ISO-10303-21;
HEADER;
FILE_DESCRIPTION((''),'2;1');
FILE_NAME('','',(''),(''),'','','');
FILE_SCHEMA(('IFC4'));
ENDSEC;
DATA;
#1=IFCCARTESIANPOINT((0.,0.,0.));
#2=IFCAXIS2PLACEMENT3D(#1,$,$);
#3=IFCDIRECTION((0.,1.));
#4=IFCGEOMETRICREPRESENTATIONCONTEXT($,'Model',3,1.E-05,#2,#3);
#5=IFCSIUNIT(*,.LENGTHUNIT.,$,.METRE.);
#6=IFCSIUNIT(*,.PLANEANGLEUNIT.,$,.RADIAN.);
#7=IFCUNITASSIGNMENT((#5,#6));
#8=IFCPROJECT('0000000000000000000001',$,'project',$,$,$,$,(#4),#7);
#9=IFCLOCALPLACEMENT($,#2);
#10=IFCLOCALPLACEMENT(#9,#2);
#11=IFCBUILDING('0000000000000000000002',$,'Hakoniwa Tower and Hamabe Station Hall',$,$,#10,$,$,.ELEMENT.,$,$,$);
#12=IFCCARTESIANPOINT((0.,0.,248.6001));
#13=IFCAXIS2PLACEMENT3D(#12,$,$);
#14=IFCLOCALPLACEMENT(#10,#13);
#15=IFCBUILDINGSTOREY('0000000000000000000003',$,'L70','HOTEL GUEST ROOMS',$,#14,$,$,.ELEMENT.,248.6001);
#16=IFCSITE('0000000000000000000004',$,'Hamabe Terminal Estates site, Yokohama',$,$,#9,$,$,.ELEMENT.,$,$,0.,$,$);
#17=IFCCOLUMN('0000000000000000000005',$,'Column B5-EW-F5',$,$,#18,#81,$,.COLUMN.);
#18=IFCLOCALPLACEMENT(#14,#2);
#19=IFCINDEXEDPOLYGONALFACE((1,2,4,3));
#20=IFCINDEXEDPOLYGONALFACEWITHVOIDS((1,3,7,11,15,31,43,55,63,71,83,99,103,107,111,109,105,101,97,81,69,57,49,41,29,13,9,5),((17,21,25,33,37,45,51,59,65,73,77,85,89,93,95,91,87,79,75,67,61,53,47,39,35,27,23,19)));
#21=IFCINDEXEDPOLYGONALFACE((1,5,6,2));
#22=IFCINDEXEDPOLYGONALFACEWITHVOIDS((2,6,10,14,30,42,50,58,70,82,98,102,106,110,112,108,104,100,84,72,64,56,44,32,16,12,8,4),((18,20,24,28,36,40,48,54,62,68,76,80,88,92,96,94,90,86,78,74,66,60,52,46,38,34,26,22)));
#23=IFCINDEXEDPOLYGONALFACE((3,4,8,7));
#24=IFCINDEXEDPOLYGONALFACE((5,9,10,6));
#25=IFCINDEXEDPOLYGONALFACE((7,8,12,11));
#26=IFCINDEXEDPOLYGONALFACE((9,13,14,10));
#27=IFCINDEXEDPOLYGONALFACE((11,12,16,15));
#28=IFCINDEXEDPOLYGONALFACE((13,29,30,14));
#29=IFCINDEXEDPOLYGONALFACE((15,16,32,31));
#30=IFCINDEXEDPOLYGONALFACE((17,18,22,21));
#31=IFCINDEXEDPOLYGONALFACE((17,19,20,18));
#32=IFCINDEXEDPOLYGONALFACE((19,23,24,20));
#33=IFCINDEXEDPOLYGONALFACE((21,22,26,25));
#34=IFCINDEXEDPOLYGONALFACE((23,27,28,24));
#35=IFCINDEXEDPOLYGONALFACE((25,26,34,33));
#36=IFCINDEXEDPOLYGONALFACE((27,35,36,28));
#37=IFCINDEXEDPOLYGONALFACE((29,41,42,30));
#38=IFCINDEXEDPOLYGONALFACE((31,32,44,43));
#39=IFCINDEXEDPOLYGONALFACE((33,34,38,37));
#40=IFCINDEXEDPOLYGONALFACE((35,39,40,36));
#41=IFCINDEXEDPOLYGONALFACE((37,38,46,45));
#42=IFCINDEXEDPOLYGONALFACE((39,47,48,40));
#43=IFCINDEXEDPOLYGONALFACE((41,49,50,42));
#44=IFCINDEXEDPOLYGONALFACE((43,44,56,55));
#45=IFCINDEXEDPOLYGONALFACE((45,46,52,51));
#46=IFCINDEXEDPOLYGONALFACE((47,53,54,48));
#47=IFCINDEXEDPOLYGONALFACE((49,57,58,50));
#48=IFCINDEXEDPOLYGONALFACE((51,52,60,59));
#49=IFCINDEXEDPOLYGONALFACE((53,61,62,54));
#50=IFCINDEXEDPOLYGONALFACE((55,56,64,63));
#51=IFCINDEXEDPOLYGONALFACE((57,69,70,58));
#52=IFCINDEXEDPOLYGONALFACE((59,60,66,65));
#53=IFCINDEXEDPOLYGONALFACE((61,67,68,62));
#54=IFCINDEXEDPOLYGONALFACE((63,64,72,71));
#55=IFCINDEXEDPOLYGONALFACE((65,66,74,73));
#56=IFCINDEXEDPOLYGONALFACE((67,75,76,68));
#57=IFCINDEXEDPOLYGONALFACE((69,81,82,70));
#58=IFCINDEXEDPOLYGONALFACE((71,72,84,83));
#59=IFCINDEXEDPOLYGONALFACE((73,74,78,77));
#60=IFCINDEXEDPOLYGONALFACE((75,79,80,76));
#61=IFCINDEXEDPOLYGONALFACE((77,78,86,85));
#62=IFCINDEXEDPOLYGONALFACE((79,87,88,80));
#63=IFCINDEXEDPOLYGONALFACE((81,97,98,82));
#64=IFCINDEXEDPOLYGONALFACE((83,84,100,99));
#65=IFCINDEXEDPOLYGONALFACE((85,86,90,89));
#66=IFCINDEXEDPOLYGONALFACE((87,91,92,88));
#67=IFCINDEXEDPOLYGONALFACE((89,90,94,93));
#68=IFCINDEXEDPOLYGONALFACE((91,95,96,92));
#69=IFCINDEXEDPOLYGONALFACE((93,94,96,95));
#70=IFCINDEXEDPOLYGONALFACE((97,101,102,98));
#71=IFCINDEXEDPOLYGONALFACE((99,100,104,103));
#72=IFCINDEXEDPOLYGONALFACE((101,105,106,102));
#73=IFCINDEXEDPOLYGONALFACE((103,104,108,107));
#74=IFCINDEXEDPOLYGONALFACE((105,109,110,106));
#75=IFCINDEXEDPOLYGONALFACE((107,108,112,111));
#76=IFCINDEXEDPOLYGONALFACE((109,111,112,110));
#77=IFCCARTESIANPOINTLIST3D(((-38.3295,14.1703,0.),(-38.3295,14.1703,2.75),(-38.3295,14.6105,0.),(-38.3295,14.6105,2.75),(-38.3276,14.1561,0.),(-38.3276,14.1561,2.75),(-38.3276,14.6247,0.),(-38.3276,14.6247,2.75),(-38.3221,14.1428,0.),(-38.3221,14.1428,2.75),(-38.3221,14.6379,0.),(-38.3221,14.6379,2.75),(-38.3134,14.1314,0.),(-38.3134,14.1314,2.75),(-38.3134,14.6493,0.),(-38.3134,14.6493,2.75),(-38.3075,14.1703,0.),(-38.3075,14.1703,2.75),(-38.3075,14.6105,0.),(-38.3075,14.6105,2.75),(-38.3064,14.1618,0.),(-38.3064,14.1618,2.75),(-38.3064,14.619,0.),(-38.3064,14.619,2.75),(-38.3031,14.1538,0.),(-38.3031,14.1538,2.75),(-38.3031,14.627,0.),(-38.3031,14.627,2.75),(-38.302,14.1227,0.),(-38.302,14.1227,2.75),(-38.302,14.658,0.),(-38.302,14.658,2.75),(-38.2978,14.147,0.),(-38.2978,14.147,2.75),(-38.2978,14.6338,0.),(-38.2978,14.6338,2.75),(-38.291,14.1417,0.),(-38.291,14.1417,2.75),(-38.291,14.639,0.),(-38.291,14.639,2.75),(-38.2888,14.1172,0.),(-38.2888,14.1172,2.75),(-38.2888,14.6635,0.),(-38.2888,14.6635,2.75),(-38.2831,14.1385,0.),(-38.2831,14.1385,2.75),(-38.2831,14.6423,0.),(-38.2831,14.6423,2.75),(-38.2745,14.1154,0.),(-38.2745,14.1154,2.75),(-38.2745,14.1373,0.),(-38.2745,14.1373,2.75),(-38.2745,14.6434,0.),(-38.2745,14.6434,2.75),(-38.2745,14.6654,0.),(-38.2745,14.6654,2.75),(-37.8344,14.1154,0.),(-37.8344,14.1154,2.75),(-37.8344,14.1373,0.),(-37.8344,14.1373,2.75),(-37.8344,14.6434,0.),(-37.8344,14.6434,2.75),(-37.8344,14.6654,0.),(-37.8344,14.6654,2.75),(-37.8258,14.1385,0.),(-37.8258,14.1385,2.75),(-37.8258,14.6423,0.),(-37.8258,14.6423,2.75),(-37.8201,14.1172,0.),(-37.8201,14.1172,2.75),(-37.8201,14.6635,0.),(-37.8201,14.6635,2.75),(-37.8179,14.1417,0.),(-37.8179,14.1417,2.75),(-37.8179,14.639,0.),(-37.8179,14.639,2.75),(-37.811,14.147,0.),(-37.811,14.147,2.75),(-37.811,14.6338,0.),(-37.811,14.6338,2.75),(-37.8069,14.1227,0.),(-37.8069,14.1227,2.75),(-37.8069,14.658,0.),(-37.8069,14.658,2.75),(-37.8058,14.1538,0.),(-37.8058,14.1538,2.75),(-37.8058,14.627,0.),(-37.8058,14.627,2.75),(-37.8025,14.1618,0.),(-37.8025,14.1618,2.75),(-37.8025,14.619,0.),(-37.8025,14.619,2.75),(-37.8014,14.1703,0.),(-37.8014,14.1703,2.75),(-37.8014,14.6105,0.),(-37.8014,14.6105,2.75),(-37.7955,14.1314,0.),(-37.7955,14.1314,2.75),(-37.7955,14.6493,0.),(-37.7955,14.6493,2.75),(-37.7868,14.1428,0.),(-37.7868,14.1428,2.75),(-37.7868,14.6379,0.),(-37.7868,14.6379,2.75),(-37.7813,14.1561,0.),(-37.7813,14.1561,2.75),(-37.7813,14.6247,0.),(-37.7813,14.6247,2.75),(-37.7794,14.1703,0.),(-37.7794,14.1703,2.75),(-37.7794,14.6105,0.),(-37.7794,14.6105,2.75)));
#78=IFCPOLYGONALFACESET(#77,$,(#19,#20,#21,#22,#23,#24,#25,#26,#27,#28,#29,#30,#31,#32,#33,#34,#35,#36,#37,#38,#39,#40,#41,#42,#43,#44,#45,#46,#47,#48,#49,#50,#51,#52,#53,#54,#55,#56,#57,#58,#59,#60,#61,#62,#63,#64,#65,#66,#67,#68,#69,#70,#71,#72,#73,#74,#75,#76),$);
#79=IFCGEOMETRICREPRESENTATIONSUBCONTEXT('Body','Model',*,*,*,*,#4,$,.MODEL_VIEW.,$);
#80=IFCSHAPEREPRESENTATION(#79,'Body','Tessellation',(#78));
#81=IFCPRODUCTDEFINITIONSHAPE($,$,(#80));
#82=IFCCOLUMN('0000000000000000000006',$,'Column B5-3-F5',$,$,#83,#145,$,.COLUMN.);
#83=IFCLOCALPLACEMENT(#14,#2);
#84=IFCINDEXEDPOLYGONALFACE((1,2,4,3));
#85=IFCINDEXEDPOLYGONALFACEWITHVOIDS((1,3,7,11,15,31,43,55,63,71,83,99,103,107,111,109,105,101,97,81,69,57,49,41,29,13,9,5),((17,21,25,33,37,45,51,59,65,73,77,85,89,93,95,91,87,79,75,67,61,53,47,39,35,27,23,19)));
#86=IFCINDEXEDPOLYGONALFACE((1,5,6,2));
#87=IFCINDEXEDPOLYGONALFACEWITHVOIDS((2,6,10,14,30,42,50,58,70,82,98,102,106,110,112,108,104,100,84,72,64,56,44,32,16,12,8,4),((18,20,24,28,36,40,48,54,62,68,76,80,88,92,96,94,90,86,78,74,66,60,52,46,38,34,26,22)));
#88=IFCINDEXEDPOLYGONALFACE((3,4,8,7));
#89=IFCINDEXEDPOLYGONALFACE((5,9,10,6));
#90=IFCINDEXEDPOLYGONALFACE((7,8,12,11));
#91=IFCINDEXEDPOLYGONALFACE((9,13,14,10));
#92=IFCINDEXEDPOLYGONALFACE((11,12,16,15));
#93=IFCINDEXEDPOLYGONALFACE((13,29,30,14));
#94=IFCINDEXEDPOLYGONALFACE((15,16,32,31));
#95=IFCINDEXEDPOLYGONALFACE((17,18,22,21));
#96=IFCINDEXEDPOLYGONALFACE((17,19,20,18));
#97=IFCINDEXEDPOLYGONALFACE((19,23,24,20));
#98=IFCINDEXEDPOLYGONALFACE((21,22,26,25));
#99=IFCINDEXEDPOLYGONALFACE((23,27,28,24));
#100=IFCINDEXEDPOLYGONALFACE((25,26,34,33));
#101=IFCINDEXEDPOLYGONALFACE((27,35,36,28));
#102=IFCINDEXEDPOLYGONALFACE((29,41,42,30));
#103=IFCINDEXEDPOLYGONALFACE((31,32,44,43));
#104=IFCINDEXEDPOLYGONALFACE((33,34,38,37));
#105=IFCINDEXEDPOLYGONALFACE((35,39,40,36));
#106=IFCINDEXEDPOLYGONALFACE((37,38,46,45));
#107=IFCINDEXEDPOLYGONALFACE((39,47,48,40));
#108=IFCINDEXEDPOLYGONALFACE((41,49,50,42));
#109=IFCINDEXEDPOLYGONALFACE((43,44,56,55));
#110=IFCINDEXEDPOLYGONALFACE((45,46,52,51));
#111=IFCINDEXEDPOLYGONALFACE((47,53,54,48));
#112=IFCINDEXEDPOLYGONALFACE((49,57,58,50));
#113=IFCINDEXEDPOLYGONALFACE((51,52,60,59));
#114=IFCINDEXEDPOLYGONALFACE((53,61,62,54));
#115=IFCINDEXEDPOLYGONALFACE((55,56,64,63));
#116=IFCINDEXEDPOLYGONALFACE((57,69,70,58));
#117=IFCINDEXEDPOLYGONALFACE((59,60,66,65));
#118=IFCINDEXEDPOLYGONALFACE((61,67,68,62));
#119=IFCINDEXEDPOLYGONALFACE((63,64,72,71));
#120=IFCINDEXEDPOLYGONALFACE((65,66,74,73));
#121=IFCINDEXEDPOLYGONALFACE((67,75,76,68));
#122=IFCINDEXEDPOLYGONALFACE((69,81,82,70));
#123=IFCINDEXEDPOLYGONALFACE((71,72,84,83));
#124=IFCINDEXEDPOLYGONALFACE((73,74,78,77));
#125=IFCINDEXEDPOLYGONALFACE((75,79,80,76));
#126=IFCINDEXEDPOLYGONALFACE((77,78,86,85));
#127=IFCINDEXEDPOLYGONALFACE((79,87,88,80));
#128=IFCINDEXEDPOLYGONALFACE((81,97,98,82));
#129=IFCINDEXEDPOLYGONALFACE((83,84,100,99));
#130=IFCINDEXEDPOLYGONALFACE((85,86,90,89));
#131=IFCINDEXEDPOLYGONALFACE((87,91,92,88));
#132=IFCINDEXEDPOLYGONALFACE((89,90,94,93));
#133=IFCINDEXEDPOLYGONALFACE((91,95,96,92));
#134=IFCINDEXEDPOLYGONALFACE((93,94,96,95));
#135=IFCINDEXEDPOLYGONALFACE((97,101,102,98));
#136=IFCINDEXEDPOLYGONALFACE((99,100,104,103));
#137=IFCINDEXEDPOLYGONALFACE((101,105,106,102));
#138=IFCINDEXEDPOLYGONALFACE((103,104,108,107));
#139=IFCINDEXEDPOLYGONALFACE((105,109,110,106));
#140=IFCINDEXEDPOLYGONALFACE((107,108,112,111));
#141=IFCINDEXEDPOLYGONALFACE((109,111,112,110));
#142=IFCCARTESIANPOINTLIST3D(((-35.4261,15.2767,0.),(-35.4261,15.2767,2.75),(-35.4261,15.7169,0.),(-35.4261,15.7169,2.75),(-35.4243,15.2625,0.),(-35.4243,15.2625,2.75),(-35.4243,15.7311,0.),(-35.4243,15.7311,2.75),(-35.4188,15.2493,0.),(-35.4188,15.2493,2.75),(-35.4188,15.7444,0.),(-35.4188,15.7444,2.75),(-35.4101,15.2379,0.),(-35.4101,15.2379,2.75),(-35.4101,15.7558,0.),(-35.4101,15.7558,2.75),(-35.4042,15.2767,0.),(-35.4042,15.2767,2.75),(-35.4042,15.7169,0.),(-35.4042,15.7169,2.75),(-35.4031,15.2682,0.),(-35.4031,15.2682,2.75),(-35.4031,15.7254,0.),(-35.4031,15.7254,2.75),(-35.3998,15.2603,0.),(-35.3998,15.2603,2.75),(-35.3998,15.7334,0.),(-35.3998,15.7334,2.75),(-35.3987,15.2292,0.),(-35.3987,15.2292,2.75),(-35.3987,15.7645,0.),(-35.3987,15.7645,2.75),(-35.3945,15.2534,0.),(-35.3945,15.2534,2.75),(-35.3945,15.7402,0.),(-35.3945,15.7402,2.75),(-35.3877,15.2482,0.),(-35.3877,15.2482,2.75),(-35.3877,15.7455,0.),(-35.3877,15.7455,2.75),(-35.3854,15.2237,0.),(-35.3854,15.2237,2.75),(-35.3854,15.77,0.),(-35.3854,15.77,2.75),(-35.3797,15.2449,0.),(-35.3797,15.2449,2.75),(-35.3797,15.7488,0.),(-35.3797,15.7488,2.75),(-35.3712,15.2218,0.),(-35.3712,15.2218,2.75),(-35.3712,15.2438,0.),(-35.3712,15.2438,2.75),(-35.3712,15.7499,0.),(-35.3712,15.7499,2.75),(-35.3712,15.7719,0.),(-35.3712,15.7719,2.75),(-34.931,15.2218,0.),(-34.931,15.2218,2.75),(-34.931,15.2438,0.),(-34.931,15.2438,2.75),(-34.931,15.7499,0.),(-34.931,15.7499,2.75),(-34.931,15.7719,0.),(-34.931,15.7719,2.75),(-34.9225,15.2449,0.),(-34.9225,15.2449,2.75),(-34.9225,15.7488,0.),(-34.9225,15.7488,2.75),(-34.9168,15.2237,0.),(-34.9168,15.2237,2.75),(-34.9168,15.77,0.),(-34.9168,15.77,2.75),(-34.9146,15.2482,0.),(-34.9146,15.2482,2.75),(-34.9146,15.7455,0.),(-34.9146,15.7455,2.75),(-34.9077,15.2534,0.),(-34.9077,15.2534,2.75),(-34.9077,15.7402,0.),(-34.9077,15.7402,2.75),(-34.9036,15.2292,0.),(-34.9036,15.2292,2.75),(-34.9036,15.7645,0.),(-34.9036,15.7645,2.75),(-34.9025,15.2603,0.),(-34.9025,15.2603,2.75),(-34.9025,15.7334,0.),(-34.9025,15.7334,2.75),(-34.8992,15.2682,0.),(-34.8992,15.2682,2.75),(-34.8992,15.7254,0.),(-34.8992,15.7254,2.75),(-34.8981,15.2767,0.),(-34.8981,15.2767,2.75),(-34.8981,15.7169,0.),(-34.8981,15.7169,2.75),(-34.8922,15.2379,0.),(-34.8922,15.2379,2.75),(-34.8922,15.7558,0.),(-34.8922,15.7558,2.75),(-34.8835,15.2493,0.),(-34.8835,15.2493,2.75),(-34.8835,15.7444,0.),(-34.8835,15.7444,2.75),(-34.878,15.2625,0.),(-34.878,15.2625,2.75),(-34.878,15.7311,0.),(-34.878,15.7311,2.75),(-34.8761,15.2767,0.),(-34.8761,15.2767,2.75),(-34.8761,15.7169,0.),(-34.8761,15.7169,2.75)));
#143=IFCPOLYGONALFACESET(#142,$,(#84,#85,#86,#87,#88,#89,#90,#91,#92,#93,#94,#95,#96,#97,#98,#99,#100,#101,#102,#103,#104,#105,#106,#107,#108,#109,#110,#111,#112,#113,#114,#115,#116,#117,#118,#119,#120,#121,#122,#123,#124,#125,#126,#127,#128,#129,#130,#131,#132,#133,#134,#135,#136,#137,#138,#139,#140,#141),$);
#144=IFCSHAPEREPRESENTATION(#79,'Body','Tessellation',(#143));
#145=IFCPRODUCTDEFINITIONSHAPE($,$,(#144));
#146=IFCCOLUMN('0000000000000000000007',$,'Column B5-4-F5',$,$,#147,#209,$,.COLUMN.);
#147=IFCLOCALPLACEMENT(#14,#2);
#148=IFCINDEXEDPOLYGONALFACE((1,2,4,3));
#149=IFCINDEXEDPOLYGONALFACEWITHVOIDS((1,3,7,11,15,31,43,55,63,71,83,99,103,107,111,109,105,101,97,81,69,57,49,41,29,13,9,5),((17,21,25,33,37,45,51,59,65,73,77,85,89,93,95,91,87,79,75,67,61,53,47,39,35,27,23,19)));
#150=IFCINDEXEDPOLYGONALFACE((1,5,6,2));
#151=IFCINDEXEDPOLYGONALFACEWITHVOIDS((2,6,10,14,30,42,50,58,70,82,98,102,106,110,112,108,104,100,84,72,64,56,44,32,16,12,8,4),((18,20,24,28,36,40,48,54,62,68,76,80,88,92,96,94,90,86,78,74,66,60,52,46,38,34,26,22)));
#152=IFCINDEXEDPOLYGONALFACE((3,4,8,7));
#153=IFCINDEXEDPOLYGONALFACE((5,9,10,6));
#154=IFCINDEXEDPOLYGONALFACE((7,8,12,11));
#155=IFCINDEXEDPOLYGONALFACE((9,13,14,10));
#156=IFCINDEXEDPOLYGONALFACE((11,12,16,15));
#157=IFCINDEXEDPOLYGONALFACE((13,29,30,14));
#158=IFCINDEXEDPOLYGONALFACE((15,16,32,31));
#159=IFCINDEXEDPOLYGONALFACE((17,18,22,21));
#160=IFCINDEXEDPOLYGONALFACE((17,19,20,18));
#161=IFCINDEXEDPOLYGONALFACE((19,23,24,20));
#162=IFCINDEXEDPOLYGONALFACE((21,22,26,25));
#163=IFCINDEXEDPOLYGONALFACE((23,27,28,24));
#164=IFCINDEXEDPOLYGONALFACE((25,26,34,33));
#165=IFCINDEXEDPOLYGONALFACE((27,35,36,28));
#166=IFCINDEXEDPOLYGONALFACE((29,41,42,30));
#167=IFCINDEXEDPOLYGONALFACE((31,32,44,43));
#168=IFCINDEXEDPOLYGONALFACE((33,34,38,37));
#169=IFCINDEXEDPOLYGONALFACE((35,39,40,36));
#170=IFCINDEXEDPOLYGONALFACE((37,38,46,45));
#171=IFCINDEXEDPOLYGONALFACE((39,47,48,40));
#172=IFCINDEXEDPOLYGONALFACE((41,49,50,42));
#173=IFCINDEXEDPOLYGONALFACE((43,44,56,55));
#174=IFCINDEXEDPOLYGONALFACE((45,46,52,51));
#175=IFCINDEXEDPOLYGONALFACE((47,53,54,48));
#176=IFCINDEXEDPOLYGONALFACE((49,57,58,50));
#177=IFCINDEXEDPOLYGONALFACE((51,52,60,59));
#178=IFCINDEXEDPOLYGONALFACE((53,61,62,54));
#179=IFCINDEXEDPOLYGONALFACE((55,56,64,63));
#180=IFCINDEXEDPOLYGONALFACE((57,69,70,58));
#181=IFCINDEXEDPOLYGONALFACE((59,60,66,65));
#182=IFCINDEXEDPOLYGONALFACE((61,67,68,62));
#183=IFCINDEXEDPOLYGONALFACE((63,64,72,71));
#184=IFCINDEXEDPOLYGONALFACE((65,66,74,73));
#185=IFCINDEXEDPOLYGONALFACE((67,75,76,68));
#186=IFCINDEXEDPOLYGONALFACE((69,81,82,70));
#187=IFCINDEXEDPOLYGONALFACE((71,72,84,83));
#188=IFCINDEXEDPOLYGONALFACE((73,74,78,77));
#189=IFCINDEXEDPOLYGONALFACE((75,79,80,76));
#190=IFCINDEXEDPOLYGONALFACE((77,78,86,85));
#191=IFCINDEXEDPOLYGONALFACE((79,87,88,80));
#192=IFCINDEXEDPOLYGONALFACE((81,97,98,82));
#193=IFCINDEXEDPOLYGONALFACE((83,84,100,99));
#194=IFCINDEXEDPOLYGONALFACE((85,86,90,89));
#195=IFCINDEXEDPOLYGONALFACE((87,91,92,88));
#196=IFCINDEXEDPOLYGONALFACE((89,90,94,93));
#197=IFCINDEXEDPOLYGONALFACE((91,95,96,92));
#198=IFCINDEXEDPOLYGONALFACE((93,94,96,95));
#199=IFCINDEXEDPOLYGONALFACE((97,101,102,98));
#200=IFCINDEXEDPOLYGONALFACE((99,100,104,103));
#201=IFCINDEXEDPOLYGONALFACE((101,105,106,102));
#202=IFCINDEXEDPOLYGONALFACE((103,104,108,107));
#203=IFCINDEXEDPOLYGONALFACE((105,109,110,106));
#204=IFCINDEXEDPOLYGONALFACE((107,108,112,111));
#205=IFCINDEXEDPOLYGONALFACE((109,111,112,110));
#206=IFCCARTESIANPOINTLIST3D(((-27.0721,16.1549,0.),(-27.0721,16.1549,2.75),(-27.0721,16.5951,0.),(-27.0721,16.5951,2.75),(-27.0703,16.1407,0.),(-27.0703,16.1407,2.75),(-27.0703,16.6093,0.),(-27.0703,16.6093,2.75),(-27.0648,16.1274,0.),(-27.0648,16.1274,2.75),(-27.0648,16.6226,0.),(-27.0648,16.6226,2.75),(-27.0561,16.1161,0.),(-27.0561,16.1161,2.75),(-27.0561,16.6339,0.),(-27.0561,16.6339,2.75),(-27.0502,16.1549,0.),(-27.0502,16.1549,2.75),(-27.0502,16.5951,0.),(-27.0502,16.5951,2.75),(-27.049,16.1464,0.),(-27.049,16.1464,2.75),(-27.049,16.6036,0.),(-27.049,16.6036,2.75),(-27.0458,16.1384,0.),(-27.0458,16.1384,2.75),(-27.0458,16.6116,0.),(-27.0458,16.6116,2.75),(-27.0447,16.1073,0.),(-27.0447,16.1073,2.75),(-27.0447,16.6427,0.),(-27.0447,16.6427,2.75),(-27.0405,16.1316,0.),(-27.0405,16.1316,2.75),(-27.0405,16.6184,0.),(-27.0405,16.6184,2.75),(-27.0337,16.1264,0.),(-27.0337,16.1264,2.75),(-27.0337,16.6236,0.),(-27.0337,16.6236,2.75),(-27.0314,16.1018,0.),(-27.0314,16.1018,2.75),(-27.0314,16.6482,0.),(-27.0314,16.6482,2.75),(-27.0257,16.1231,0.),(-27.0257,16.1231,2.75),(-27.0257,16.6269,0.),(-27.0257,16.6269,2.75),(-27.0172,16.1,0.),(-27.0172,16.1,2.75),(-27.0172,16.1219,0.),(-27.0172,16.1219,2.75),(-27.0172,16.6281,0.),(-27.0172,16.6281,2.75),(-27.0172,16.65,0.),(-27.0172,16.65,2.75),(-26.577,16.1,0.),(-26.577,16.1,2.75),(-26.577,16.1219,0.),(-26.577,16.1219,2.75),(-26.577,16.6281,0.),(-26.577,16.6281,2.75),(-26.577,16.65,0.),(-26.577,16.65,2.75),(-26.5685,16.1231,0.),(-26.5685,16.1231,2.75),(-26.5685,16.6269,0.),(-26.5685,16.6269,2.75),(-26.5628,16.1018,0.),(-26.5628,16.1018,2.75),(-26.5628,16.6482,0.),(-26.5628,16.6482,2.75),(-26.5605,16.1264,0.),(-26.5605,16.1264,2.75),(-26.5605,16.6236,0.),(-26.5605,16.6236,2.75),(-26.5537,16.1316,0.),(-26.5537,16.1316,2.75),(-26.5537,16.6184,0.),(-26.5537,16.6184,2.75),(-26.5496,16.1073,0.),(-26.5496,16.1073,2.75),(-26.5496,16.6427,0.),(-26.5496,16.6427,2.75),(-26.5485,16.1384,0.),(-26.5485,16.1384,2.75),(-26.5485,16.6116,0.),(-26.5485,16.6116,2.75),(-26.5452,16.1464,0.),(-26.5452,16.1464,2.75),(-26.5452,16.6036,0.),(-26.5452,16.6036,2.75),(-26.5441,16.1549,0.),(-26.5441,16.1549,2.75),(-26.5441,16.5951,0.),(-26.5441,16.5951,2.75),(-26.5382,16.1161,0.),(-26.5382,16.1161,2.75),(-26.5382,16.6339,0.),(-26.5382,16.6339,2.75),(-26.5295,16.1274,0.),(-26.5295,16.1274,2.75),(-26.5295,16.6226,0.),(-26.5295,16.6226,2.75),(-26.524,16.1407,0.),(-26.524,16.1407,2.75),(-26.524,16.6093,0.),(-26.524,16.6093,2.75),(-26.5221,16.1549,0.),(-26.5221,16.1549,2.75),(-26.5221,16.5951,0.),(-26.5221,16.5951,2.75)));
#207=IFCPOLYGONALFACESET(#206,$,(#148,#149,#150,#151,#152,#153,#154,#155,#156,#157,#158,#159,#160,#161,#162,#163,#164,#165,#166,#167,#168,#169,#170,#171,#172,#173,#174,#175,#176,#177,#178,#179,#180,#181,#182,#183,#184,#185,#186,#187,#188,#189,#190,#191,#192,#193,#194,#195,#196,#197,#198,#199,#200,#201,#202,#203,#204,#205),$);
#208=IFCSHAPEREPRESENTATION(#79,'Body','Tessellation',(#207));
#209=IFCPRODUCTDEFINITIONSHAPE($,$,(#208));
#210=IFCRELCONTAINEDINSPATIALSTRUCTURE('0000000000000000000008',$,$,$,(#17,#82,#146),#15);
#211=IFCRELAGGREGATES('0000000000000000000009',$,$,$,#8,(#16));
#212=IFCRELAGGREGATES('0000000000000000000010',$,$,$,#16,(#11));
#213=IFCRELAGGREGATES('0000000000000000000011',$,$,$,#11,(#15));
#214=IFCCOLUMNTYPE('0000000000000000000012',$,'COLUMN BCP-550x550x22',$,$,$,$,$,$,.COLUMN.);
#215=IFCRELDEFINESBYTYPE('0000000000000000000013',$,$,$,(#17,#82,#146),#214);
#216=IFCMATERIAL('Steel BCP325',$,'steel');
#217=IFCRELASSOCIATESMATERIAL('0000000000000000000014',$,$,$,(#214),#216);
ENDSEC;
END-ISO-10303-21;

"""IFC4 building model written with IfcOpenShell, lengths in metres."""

from ifc_helpers import new_model, si_unit, direction, frame, origin, origin_2d, place, context, subcontext, project, spatial, hollow_rectangle, extrude, material, material_profile, profile_set, type_object, element, save


model = new_model("IFC4")

# Units and contexts
model_context = context("Model", 3, precision=1e-05, world=origin(), true_north=direction((0.0, 1.0)))
body_context = subcontext(model_context, "Body", "Model", "MODEL_VIEW")
ifc_project = project(units=[si_unit("LENGTHUNIT", "METRE"), si_unit("PLANEANGLEUNIT", "RADIAN")], contexts=[model_context])

# Site, building, storey
site_placement = place(None, origin())
site = spatial("IfcSite", under=ifc_project, at=site_placement, Name="Hamabe Terminal Estates site, Yokohama", CompositionType="ELEMENT", RefElevation=0.0)
building_placement = place(site_placement, origin())
building = spatial("IfcBuilding", under=site, at=building_placement, Name="Hakoniwa Tower and Hamabe Station Hall", CompositionType="ELEMENT")
storey_placement = place(building_placement, frame((0.0, 0.0, 248.6001)))
storey = spatial("IfcBuildingStorey", under=building, at=storey_placement, Name="L70", Description="HOTEL GUEST ROOMS", CompositionType="ELEMENT", Elevation=248.6001)

# Columns
ifc_material_1 = material(Name="Steel BCP325", Category="steel")
ifc_material_profile_1 = material_profile(ifc_material_1, hollow_rectangle(XDim=0.55, YDim=0.55, WallThickness=0.022, InnerFilletRadius=0.033, OuterFilletRadius=0.0549, at=origin_2d()), Name="BCP-550x550x22")
ifc_profile_set_1 = profile_set([ifc_material_profile_1], Name="Steel BCP325")
column_type = type_object("IfcColumnType", Name="COLUMN BCP-550x550x22", PredefinedType="COLUMN", material=ifc_profile_set_1)
for number, where, z_axis, x_axis, name in (
    (1, (-38.0544, 14.3904, 0.0), (0.0, 0.0, 1.0), (1.0, 0.0, 0.0), "Column B5-EW-F5"),
    (2, (-35.1511, 15.4968, 0.0), (0.0, 0.0, 1.0), (1.0, 0.0, 0.0), "Column B5-3-F5"),
    (3, (-26.7971, 16.375, 0.0), (0.0, 0.0, 1.0), (1.0, 0.0, 0.0), "Column B5-4-F5"),
):
    element("IfcColumn", number, at=place(storey_placement, frame(where, z_axis=z_axis, x_axis=x_axis)), inside=storey, type_object=column_type, Name=name, PredefinedType="COLUMN", context=body_context, shape_type="SweptSolid", body=[
        extrude(hollow_rectangle(XDim=0.55, YDim=0.55, WallThickness=0.022, InnerFilletRadius=0.033, OuterFilletRadius=0.0549, at=origin_2d()), origin(), (0.0, 0.0, 1.0), 2.75),
    ])

save(model, "model.ifc")
